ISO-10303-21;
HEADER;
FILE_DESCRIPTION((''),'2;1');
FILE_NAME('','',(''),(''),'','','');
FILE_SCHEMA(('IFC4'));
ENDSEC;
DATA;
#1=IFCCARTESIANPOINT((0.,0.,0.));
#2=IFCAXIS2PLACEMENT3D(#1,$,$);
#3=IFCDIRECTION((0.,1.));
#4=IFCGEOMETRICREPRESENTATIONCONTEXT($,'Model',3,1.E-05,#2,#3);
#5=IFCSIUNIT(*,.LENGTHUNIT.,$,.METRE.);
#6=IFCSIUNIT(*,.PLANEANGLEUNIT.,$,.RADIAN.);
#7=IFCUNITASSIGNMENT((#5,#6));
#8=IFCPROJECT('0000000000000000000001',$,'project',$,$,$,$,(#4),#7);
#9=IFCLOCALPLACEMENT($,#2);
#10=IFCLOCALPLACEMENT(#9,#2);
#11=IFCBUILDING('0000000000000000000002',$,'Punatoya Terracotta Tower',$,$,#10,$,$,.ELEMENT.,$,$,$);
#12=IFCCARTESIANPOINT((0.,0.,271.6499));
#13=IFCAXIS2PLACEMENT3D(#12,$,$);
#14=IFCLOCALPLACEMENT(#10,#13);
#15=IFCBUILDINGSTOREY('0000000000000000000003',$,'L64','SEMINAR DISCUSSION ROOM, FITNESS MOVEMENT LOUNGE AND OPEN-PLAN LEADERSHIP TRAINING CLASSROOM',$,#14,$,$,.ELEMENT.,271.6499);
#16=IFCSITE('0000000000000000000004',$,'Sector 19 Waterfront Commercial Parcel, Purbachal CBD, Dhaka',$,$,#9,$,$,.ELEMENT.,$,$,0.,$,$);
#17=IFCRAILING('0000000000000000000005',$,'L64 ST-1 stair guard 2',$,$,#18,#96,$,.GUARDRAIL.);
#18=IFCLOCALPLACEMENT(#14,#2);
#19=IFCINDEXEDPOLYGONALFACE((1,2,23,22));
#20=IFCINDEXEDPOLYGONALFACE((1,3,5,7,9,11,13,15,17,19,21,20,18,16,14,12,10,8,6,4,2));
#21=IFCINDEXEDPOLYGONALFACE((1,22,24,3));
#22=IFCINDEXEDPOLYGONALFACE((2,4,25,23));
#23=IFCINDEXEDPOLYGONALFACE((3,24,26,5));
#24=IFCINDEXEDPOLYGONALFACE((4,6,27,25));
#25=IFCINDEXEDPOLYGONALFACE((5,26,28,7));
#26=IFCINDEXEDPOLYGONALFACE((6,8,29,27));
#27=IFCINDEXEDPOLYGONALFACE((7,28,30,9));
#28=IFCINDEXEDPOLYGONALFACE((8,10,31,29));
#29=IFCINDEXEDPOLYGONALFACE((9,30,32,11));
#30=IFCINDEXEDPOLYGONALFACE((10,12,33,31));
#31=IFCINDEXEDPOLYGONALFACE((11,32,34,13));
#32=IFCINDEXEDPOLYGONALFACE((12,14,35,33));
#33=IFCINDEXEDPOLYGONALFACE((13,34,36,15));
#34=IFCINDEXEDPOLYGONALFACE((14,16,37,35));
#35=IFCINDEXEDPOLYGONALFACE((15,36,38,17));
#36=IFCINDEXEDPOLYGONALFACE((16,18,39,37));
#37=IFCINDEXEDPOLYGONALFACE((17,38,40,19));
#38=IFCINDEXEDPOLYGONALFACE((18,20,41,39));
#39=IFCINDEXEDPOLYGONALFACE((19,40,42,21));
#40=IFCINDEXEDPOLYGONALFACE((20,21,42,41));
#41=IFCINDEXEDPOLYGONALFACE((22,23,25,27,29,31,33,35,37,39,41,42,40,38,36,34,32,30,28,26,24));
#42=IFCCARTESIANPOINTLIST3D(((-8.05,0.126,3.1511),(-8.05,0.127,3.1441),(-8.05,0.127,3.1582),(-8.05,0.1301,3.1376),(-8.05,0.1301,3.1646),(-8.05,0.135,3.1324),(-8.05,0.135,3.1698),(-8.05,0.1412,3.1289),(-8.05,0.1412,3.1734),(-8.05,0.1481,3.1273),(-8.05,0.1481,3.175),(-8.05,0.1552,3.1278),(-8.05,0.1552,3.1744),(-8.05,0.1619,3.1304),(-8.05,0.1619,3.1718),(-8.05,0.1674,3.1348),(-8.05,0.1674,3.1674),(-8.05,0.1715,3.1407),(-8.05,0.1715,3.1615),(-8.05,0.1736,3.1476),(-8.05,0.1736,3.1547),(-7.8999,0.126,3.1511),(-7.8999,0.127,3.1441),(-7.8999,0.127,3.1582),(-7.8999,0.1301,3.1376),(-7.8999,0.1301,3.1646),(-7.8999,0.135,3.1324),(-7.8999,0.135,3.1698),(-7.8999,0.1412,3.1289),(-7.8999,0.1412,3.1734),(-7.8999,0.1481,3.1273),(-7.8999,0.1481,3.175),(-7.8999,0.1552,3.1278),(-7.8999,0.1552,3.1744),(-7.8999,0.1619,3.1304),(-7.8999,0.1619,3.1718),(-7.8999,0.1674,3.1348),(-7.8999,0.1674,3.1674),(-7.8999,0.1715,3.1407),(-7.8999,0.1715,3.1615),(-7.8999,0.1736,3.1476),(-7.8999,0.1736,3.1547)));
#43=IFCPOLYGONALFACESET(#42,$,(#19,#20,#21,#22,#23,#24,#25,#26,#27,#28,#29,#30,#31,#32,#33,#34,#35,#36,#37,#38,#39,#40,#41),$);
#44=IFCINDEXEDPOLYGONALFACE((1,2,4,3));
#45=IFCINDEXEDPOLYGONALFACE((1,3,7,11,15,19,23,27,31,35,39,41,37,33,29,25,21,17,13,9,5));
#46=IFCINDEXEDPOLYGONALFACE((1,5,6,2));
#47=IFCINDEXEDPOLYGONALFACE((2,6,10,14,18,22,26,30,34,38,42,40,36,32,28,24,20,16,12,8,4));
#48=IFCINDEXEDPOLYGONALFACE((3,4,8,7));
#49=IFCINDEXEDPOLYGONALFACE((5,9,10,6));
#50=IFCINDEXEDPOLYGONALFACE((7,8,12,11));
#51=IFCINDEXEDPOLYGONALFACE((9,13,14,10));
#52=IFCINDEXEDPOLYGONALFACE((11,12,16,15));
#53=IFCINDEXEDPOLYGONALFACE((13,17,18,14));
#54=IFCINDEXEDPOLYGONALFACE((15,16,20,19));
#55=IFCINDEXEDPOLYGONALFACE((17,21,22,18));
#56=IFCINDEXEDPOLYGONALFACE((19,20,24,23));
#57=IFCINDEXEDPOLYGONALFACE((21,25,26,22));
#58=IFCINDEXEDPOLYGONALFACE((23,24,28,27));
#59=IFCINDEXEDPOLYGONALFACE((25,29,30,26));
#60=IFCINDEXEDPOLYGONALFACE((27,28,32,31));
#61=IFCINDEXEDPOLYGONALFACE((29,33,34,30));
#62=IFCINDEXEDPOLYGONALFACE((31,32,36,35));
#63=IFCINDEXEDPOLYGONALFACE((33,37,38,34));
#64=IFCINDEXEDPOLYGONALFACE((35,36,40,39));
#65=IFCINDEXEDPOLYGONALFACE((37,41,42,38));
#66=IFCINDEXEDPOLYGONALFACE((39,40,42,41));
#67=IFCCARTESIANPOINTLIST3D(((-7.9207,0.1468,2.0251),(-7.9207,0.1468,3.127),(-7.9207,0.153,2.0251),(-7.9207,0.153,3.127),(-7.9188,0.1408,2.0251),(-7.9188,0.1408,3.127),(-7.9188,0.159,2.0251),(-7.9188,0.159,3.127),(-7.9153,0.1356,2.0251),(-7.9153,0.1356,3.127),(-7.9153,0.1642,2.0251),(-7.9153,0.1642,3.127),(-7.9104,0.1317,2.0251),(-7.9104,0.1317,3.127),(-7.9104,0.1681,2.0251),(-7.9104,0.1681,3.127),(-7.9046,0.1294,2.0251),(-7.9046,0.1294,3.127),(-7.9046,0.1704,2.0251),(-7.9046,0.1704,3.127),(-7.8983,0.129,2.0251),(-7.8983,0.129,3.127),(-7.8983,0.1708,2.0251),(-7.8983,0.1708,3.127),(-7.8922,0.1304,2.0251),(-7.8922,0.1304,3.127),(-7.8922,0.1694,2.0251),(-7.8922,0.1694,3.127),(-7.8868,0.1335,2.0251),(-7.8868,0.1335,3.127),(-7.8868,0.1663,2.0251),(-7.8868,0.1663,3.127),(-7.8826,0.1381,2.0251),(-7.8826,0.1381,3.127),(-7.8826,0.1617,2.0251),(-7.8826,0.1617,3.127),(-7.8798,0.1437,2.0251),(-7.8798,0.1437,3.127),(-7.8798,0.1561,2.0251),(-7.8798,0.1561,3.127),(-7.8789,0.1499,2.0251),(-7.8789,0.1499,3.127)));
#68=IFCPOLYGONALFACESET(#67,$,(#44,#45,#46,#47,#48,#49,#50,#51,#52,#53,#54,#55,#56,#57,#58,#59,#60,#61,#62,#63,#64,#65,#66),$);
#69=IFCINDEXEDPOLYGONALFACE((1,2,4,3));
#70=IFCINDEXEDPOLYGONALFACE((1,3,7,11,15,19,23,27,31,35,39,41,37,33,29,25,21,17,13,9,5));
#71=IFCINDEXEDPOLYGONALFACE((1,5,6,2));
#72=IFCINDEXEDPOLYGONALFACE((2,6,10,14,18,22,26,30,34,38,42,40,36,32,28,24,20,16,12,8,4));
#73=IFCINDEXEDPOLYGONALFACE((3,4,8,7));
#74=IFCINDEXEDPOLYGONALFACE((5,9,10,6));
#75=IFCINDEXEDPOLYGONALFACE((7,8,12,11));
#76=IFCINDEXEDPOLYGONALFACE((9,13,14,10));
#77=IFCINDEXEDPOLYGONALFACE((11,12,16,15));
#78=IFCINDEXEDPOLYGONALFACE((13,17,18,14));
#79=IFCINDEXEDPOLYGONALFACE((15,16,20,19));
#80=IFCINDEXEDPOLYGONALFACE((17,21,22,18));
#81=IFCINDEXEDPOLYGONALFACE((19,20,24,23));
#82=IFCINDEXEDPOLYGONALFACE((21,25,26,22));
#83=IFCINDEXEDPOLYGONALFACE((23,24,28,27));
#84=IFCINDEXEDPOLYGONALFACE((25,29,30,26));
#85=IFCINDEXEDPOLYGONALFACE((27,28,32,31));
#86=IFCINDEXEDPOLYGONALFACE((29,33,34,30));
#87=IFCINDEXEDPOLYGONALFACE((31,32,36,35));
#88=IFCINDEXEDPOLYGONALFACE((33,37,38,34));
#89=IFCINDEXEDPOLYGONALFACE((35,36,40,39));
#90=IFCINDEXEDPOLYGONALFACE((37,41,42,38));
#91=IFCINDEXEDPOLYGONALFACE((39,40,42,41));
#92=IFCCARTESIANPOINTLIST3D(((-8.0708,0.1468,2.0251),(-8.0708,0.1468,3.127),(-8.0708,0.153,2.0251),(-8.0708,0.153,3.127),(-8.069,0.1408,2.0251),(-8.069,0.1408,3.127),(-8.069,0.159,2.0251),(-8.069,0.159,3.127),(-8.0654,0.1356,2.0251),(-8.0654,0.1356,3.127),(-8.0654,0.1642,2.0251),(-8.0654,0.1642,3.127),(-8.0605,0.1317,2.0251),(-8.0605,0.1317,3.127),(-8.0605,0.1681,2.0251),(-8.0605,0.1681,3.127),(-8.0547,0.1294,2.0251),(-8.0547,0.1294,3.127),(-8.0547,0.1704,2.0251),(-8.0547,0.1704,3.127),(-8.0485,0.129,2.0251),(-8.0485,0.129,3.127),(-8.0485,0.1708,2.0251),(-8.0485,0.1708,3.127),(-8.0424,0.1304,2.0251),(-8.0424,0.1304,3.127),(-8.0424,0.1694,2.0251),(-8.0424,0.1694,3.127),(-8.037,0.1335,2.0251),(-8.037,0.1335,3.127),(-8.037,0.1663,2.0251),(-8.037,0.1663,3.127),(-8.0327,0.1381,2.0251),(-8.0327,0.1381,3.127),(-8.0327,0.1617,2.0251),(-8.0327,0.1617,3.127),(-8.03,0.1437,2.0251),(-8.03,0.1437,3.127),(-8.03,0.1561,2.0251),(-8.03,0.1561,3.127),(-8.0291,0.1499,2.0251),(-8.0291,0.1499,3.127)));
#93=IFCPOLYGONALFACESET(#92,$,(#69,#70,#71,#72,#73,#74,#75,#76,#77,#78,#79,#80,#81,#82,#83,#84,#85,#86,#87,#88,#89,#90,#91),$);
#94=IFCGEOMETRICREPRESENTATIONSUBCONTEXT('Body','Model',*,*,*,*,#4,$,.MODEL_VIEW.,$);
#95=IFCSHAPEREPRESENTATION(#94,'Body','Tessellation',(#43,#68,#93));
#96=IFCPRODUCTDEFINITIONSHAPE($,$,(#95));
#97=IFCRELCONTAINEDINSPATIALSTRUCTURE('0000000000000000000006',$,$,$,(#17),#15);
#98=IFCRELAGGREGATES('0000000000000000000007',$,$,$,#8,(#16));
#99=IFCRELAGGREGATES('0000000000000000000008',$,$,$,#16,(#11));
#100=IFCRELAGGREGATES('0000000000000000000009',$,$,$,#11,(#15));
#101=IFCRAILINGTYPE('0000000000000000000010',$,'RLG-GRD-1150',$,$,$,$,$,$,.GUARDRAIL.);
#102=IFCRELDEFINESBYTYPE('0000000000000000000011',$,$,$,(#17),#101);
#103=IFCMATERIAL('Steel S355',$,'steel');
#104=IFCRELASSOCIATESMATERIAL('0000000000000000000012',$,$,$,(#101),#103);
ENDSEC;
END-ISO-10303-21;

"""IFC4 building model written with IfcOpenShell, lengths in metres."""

from ifc_helpers import new_model, si_unit, direction, frame, origin, origin_2d, place, context, subcontext, project, spatial, circle, extrude, material, type_object, element, save


model = new_model("IFC4")

# Units and contexts
model_context = context("Model", 3, precision=1e-05, world=origin(), true_north=direction((0.0, 1.0)))
body_context = subcontext(model_context, "Body", "Model", "MODEL_VIEW")
ifc_project = project(units=[si_unit("LENGTHUNIT", "METRE"), si_unit("PLANEANGLEUNIT", "RADIAN")], contexts=[model_context])

# Site, building, storey
site_placement = place(None, origin())
site = spatial("IfcSite", under=ifc_project, at=site_placement, Name="Sector 19 Waterfront Commercial Parcel, Purbachal CBD, Dhaka", CompositionType="ELEMENT", RefElevation=0.0)
building_placement = place(site_placement, origin())
building = spatial("IfcBuilding", under=site, at=building_placement, Name="Punatoya Terracotta Tower", CompositionType="ELEMENT")
storey_placement = place(building_placement, frame((0.0, 0.0, 271.6499)))
storey = spatial("IfcBuildingStorey", under=building, at=storey_placement, Name="L64", Description="SEMINAR DISCUSSION ROOM, FITNESS MOVEMENT LOUNGE AND OPEN-PLAN LEADERSHIP TRAINING CLASSROOM", CompositionType="ELEMENT", Elevation=271.6499)

# Shared definitions
ifc_material_1 = material(Name="Steel S355", Category="steel")

# Railing
railing_type_1 = type_object("IfcRailingType", Name="RLG-GRD-1150", PredefinedType="GUARDRAIL", material=ifc_material_1)
railing_1_placement = place(storey_placement, frame((-7.8999, 0.1499, 2.0251)))
element("IfcRailing", 1, at=railing_1_placement, inside=storey, type_object=railing_type_1, Name="L64 ST-1 stair guard 2", PredefinedType="GUARDRAIL", context=body_context, shape_type="SweptSolid", body=[
    extrude(circle(Radius=0.0239, at=origin_2d()), frame((0.0, 0.0, 1.126), z_axis=(-1.0, 0.0, 0.0), x_axis=(0.0, -1.0, 0.0)), (0.0, 0.0, 1.0), 0.1501),
    extrude(circle(Radius=0.021, at=origin_2d()), origin(), (0.0, 0.0, 1.0), 1.1018),
    extrude(circle(Radius=0.021, at=origin_2d()), frame((-0.1501, 0.0, 0.0)), (0.0, 0.0, 1.0), 1.1018),
])

save(model, "model.ifc")
